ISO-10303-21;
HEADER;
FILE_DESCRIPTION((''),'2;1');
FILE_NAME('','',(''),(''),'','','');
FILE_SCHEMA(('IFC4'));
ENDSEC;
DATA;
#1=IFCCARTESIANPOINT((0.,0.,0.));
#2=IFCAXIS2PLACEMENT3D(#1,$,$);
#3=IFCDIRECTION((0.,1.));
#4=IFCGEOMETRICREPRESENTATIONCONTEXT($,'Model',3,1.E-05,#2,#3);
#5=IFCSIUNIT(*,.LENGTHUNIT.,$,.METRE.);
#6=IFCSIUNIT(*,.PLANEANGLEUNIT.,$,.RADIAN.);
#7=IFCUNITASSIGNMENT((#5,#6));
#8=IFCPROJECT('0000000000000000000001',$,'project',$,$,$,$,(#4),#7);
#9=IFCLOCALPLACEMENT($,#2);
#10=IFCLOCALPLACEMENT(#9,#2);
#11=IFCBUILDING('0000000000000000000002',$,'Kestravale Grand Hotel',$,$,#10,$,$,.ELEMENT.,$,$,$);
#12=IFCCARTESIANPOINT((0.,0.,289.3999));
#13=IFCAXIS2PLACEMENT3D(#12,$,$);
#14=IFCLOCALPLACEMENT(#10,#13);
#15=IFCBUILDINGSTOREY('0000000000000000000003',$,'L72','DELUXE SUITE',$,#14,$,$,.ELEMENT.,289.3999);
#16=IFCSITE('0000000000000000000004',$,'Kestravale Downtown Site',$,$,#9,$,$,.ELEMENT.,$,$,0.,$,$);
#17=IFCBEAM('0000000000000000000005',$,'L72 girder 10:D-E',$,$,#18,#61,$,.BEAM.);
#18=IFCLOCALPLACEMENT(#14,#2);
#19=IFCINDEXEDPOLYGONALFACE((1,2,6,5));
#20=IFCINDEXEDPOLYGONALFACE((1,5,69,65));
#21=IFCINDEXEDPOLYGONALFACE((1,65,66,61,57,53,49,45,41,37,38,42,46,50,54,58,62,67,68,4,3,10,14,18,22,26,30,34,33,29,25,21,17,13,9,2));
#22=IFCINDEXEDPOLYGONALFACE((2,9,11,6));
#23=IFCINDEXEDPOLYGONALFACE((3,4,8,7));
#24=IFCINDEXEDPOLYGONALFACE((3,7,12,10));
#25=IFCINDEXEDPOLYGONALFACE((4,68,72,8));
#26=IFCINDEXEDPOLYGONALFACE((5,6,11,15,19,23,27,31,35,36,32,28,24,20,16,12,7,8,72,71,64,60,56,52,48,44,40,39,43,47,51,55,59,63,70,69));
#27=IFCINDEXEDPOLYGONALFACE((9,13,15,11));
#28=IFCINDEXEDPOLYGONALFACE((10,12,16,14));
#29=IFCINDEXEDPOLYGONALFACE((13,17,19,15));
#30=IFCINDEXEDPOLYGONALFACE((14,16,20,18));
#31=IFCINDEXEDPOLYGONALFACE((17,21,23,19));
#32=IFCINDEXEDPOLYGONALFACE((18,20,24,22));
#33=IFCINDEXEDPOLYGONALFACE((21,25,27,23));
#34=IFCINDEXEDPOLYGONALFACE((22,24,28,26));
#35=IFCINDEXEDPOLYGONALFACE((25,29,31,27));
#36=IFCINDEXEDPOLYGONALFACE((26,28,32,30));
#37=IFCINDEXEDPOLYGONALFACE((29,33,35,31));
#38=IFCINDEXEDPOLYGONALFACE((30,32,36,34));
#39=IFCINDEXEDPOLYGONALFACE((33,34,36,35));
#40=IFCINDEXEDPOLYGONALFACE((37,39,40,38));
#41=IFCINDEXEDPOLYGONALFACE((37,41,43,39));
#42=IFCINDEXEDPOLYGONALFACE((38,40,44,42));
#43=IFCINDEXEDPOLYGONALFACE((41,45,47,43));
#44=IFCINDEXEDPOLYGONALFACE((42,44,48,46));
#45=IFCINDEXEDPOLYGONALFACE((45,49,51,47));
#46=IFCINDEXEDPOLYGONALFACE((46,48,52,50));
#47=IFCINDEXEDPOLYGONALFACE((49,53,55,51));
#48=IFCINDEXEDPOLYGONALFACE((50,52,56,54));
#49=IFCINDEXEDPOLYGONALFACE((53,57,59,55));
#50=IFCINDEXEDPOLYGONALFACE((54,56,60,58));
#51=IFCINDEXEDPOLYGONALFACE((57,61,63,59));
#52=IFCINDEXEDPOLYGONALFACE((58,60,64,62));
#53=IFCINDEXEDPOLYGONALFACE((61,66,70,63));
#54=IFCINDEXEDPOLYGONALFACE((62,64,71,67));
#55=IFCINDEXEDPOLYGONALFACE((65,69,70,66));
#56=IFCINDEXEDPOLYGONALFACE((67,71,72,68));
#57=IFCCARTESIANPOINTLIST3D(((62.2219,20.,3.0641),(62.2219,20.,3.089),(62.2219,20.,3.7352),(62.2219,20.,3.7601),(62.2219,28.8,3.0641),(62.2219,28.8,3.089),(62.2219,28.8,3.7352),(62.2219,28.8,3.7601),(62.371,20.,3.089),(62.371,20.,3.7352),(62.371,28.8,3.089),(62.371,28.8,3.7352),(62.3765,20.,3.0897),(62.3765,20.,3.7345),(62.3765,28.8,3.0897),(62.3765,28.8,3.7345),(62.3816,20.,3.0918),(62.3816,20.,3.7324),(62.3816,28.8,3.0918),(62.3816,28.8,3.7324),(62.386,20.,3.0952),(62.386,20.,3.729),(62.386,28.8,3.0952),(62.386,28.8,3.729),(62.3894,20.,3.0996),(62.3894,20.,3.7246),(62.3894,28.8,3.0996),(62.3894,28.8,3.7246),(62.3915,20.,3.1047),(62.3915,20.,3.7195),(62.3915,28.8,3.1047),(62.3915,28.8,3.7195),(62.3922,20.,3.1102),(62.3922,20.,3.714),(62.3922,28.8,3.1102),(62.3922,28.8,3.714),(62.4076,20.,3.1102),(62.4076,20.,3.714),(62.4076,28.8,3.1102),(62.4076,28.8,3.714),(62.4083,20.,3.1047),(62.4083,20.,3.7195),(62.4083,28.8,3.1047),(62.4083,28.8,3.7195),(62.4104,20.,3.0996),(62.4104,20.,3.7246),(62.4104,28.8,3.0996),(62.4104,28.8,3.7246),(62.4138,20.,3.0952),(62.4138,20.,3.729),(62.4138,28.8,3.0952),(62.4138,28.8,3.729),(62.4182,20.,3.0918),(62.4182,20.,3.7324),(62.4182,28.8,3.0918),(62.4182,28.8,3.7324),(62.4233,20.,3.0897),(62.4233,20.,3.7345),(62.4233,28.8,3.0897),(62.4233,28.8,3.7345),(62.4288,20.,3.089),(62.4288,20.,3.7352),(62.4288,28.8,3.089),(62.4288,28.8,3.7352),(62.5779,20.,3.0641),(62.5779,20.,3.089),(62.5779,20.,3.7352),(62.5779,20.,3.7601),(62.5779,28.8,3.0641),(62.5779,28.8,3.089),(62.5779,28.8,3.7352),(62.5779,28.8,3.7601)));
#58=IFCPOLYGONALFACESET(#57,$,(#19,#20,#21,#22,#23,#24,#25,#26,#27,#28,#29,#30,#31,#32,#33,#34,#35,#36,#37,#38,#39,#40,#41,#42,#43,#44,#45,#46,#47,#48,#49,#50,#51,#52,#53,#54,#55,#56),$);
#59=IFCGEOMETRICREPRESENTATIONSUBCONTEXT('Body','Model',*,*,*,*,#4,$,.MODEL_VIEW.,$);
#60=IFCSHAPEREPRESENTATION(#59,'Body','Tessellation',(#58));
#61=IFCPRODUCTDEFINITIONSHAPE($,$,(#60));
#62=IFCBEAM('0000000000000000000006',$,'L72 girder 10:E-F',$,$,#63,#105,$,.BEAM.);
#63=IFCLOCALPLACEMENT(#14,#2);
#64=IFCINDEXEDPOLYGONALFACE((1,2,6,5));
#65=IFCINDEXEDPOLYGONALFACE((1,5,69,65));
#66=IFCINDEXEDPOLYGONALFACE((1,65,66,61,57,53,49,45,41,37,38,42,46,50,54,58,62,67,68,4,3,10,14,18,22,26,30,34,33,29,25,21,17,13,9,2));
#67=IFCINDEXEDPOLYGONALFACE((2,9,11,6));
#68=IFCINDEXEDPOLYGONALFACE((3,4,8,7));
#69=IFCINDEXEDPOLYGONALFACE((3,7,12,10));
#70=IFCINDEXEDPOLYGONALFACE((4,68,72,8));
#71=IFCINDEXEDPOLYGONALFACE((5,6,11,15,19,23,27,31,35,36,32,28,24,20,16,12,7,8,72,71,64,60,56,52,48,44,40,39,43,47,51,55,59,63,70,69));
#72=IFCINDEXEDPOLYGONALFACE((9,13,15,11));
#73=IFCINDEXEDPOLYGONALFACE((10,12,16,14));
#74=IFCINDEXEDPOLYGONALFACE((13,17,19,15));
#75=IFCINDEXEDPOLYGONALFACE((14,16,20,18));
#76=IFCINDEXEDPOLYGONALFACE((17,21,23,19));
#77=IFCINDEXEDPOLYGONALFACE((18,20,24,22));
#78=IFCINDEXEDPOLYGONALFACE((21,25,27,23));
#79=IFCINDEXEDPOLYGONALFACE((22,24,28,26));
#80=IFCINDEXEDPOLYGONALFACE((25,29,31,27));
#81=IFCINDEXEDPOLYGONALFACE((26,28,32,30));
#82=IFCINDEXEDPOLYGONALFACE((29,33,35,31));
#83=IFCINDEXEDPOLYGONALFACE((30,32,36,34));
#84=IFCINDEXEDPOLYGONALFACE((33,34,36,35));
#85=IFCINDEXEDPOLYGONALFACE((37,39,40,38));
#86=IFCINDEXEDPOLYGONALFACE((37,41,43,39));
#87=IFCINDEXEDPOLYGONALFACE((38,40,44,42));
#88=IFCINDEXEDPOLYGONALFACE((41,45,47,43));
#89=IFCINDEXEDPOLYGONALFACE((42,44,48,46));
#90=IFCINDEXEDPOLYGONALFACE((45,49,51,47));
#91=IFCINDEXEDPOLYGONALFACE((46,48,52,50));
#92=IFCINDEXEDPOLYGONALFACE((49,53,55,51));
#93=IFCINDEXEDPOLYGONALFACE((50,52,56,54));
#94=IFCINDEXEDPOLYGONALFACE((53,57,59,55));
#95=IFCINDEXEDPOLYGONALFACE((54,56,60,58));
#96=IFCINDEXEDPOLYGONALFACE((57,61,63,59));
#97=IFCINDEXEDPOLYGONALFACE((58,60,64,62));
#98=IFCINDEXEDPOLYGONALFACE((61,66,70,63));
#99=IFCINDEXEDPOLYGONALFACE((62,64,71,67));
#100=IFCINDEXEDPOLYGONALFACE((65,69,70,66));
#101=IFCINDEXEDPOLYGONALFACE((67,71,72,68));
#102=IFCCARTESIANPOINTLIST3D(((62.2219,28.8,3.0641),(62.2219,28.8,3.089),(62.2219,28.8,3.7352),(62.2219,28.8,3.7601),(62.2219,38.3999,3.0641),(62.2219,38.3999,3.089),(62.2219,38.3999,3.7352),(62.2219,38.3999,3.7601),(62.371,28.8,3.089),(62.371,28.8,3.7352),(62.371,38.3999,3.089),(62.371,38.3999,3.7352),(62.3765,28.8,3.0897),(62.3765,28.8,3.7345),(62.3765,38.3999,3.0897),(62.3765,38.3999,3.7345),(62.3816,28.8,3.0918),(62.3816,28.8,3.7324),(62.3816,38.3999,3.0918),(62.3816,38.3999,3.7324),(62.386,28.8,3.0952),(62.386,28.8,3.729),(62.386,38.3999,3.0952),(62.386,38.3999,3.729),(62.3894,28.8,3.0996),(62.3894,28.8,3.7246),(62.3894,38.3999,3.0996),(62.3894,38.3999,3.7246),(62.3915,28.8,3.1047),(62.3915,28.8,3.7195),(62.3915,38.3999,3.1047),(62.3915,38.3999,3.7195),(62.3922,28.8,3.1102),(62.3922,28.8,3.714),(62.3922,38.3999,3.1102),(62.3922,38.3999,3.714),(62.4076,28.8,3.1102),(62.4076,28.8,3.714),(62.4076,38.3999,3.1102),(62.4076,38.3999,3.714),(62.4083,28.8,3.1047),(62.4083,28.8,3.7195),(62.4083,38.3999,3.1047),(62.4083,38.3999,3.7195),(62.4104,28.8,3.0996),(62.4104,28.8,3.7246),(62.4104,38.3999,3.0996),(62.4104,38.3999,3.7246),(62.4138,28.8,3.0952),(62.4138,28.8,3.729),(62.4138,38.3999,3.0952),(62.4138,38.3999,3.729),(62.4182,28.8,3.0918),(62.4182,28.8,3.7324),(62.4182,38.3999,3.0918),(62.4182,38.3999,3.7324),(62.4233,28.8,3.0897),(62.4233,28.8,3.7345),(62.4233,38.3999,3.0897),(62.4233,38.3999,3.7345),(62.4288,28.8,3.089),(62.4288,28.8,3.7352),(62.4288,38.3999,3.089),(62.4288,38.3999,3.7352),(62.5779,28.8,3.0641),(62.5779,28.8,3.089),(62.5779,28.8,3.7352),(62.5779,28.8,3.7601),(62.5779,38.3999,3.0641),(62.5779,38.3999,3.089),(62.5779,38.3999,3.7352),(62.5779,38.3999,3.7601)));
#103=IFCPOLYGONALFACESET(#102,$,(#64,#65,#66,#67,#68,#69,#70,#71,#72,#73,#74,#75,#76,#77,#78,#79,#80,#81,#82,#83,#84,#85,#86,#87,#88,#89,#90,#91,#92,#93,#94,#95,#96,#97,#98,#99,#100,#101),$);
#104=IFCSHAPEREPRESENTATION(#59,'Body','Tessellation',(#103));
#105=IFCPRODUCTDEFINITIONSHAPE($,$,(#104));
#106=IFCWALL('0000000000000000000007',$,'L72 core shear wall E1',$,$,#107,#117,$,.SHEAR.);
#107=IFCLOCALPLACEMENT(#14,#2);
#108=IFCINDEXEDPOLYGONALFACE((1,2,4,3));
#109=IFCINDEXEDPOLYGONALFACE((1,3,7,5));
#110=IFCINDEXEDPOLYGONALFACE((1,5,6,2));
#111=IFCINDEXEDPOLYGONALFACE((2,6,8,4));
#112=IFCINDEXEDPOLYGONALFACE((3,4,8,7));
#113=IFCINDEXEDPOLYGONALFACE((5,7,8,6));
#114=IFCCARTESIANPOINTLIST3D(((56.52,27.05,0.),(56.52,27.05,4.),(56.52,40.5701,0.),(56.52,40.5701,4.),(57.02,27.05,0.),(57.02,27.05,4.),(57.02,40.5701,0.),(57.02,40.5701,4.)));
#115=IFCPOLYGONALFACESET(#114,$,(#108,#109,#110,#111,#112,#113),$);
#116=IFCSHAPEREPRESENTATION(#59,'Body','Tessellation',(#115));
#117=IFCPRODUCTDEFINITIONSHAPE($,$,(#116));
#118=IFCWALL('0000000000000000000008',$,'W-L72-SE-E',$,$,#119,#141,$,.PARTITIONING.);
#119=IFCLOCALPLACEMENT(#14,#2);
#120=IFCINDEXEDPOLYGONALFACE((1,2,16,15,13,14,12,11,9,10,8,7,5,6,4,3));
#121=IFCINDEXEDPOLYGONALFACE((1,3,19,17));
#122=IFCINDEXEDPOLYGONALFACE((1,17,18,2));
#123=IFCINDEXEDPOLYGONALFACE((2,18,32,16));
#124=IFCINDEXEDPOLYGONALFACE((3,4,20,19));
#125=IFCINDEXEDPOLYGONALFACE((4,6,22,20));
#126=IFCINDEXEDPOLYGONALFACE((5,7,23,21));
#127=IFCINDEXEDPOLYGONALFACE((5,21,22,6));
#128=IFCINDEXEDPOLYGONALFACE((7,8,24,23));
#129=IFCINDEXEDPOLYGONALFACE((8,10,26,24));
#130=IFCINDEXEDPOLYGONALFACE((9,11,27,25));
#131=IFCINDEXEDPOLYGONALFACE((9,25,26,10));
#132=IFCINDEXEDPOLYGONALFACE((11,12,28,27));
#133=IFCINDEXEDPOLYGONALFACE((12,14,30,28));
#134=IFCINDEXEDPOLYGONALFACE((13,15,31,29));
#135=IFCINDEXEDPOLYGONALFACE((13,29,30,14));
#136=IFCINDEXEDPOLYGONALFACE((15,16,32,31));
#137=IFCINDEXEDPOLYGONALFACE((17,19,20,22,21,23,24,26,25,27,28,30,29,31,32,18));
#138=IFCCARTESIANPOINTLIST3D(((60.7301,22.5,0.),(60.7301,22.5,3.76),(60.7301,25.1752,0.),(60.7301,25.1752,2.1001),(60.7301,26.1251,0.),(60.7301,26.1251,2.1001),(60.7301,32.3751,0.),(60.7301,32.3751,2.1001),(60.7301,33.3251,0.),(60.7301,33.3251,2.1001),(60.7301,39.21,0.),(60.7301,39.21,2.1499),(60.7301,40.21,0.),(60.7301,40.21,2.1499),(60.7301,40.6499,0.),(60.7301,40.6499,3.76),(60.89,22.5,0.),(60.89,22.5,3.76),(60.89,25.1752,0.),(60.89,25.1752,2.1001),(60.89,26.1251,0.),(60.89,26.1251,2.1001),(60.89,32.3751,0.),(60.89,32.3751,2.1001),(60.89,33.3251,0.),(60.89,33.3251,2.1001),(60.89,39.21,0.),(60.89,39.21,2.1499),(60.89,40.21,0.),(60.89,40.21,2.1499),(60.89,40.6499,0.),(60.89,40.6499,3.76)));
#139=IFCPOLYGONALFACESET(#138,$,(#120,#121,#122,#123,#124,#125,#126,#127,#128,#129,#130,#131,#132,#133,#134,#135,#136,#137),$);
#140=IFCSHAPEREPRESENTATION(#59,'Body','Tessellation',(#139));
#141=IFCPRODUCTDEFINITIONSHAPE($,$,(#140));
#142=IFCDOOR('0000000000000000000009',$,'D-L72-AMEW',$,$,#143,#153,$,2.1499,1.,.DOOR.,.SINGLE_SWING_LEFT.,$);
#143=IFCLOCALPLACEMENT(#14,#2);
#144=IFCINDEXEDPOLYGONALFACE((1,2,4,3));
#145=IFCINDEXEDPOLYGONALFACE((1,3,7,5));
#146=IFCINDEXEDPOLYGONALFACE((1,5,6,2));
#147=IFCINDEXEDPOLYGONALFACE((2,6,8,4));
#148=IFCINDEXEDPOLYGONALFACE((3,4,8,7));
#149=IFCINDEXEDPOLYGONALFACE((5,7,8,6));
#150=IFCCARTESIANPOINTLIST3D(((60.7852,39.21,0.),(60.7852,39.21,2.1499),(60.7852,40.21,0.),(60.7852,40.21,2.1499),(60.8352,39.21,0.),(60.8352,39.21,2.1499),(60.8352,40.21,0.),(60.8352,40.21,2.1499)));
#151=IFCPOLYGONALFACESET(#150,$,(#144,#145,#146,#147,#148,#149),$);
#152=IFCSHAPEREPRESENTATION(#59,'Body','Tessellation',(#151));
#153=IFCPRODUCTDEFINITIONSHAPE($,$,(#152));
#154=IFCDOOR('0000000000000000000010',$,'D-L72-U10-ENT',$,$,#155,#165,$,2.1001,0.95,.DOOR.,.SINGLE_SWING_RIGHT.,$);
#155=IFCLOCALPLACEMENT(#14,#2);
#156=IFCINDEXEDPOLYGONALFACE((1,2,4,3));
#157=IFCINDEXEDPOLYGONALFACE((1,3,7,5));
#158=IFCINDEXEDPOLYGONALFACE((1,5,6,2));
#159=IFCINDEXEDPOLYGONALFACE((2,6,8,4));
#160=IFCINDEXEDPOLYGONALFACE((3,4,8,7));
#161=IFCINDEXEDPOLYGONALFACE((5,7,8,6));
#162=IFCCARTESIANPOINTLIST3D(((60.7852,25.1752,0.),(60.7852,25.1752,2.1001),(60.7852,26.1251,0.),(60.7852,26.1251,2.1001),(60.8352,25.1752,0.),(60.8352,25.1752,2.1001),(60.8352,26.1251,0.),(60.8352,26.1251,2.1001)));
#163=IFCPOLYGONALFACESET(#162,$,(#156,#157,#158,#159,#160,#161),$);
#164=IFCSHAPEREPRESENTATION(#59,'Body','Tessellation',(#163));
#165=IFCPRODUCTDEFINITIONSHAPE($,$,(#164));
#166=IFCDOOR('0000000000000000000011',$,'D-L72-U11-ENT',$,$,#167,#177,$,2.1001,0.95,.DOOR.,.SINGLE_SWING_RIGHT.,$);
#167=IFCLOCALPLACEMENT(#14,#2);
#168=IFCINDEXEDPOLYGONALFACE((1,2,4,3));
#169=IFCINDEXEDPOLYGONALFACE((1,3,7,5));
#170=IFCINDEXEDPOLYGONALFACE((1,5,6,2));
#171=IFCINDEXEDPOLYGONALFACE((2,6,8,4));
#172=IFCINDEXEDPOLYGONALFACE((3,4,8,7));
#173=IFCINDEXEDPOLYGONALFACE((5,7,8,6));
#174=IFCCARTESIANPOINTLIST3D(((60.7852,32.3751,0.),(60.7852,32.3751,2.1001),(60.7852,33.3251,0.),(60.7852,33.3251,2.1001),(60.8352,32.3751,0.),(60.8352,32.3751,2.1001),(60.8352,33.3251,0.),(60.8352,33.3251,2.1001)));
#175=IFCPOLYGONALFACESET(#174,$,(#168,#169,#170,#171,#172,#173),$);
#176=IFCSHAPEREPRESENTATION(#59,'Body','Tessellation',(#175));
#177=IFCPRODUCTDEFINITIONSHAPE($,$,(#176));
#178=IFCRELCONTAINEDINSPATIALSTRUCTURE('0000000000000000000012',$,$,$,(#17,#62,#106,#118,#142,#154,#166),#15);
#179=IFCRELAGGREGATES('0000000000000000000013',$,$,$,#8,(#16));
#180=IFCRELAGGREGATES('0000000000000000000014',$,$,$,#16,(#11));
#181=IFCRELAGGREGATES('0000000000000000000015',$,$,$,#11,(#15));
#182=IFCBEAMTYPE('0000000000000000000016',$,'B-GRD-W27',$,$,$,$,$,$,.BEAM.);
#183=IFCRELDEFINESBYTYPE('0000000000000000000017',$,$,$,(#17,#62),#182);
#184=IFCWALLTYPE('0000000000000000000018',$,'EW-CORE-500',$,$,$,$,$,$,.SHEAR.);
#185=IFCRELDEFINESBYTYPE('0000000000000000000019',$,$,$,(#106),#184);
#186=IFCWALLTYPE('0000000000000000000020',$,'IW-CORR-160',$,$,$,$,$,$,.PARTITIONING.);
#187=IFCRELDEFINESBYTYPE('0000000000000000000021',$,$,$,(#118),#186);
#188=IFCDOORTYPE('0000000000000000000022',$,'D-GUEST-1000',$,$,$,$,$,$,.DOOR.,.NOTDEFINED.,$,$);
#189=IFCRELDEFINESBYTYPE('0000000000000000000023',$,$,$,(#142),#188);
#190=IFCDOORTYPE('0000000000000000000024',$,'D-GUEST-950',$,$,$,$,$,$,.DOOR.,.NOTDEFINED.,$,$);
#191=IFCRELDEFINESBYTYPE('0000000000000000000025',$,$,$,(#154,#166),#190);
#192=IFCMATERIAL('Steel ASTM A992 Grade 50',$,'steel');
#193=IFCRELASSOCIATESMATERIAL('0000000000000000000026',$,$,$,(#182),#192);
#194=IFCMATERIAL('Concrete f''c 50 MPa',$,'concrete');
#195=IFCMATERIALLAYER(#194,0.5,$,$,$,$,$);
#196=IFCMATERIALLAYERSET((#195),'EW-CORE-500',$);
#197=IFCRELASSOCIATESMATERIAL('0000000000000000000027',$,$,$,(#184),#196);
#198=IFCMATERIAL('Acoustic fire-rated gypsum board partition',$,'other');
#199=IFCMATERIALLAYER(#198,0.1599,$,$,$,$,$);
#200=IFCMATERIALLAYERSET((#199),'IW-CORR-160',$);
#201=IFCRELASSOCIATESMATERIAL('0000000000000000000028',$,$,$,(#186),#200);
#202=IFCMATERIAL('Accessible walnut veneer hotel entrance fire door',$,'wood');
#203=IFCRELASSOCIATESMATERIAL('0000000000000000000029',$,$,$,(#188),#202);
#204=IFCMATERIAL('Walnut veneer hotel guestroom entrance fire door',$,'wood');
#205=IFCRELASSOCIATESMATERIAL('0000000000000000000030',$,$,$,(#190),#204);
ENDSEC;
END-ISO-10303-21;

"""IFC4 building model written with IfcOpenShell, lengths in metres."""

from ifc_helpers import new_model, si_unit, direction, frame, frame_2d, origin, origin_2d, place, context, subcontext, project, spatial, rectangle, i_section, extrude, material, layer, layer_set, material_profile, profile_set, type_object, element, fill, save


model = new_model("IFC4")

# Units and contexts
model_context = context("Model", 3, precision=1e-05, world=origin(), true_north=direction((0.0, 1.0)))
body_context = subcontext(model_context, "Body", "Model", "MODEL_VIEW")
ifc_project = project(units=[si_unit("LENGTHUNIT", "METRE"), si_unit("PLANEANGLEUNIT", "RADIAN")], contexts=[model_context])

# Site, building, storey
site_placement = place(None, origin())
site = spatial("IfcSite", under=ifc_project, at=site_placement, Name="Kestravale Downtown Site", CompositionType="ELEMENT", RefElevation=0.0)
building_placement = place(site_placement, origin())
building = spatial("IfcBuilding", under=site, at=building_placement, Name="Kestravale Grand Hotel", CompositionType="ELEMENT")
storey_placement = place(building_placement, frame((0.0, 0.0, 289.3999)))
storey = spatial("IfcBuildingStorey", under=building, at=storey_placement, Name="L72", Description="DELUXE SUITE", CompositionType="ELEMENT", Elevation=289.3999)

# Beams
ifc_material_1 = material(Name="Steel ASTM A992 Grade 50", Category="steel")
ifc_material_profile_1 = material_profile(ifc_material_1, i_section(OverallWidth=0.356, OverallDepth=0.696, WebThickness=0.0154, FlangeThickness=0.0249, FilletRadius=0.0212, at=origin_2d()))
ifc_profile_set_1 = profile_set([ifc_material_profile_1], Name="Steel ASTM A992 Grade 50")
beam_type = type_object("IfcBeamType", Name="B-GRD-W27", PredefinedType="BEAM", material=ifc_profile_set_1)
beam_1_placement = place(storey_placement, frame((62.3999, 20.0, 3.4121), z_axis=(0.0, 1.0, 0.0), x_axis=(-1.0, 0.0, 0.0)))
element("IfcBeam", 1, at=beam_1_placement, inside=storey, type_object=beam_type, Name="L72 girder 10:D-E", PredefinedType="BEAM", context=body_context, shape_type="SweptSolid", body=[
    extrude(i_section(OverallWidth=0.356, OverallDepth=0.696, WebThickness=0.0154, FlangeThickness=0.0249, FilletRadius=0.0212, at=origin_2d()), origin(), (0.0, 0.0, 1.0), 8.8),
])
beam_2_placement = place(storey_placement, frame((62.3999, 28.8, 3.4121), z_axis=(0.0, 1.0, 0.0), x_axis=(-1.0, 0.0, 0.0)))
element("IfcBeam", 2, at=beam_2_placement, inside=storey, type_object=beam_type, Name="L72 girder 10:E-F", PredefinedType="BEAM", context=body_context, shape_type="SweptSolid", body=[
    extrude(i_section(OverallWidth=0.356, OverallDepth=0.696, WebThickness=0.0154, FlangeThickness=0.0249, FilletRadius=0.0212, at=origin_2d()), origin(), (0.0, 0.0, 1.0), 9.5999),
])

# Wall
ifc_material_2 = material(Name="Concrete f'c 50 MPa", Category="concrete")
ifc_layer_1 = layer(ifc_material_2, 0.5)
ifc_layer_set_1 = layer_set([ifc_layer_1], Name="EW-CORE-500")
wall_type_1 = type_object("IfcWallType", Name="EW-CORE-500", PredefinedType="SHEAR", material=ifc_layer_set_1)
wall_1_placement = place(storey_placement, frame((56.77, 27.05, 0.0), z_axis=(0.0, 0.0, 1.0), x_axis=(0.0, 1.0, 0.0)))
element("IfcWall", 3, at=wall_1_placement, inside=storey, type_object=wall_type_1, Name="L72 core shear wall E1", PredefinedType="SHEAR", context=body_context, shape_type="SweptSolid", body=[
    extrude(rectangle(XDim=13.52, YDim=0.5, at=frame_2d((6.76, 0.0))), origin(), (0.0, 0.0, 1.0), 4.0),
])

# Wall, openings, doors
ifc_material_3 = material(Name="Acoustic fire-rated gypsum board partition", Category="other")
ifc_layer_2 = layer(ifc_material_3, 0.1599)
ifc_layer_set_2 = layer_set([ifc_layer_2], Name="IW-CORR-160")
wall_type_2 = type_object("IfcWallType", Name="IW-CORR-160", PredefinedType="PARTITIONING", material=ifc_layer_set_2)
wall_2_placement = place(storey_placement, frame((60.8101, 22.5, 0.0), z_axis=(0.0, 0.0, 1.0), x_axis=(0.0, 1.0, 0.0)))
wall_2 = element("IfcWall", 4, at=wall_2_placement, inside=storey, type_object=wall_type_2, Name="W-L72-SE-E", PredefinedType="PARTITIONING", context=body_context, shape_type="SweptSolid", body=[
    extrude(rectangle(XDim=18.1499, YDim=0.1599, at=frame_2d((9.075, 0.0))), origin(), (0.0, 0.0, 1.0), 3.76),
])
opening_1_placement = place(wall_2_placement, frame((2.675, 0.0, 0.0)))
opening_1 = element("IfcOpeningElement", 5, at=opening_1_placement, cuts=wall_2, PredefinedType="OPENING", context=body_context, shape_type="SweptSolid", body=[
    extrude(rectangle(XDim=0.95, YDim=2.1001, at=frame_2d((0.4751, 1.05))), frame((0.0, 0.0898, 0.0), z_axis=(0.0, -1.0, 0.0), x_axis=(1.0, 0.0, 0.0)), (0.0, 0.0, 1.0), 0.1799),
])
opening_2_placement = place(wall_2_placement, frame((9.875, 0.0, 0.0)))
opening_2 = element("IfcOpeningElement", 6, at=opening_2_placement, cuts=wall_2, PredefinedType="OPENING", context=body_context, shape_type="SweptSolid", body=[
    extrude(rectangle(XDim=0.95, YDim=2.1001, at=frame_2d((0.4751, 1.05))), frame((0.0, 0.0898, 0.0), z_axis=(0.0, -1.0, 0.0), x_axis=(1.0, 0.0, 0.0)), (0.0, 0.0, 1.0), 0.1799),
])
opening_3_placement = place(wall_2_placement, frame((16.71, 0.0, 0.0)))
opening_3 = element("IfcOpeningElement", 7, at=opening_3_placement, cuts=wall_2, PredefinedType="OPENING", context=body_context, shape_type="SweptSolid", body=[
    extrude(rectangle(XDim=1.0, YDim=2.1499, at=frame_2d((0.5, 1.075))), frame((0.0, 0.0898, 0.0), z_axis=(0.0, -1.0, 0.0), x_axis=(1.0, 0.0, 0.0)), (0.0, 0.0, 1.0), 0.1799),
])
ifc_material_4 = material(Name="Accessible walnut veneer hotel entrance fire door", Category="wood")
door_type_1 = type_object("IfcDoorType", Name="D-GUEST-1000", OperationType="NOTDEFINED", PredefinedType="DOOR", material=ifc_material_4)
door_1_placement = place(opening_3_placement, origin())
door_1 = element("IfcDoor", 8, at=door_1_placement, inside=storey, type_object=door_type_1, Name="D-L72-AMEW", OperationType="SINGLE_SWING_LEFT", OverallHeight=2.1499, OverallWidth=1.0, PredefinedType="DOOR", context=body_context, shape_type="SweptSolid", body=[
    extrude(rectangle(XDim=1.0, YDim=2.1499, at=frame_2d((0.5, 1.075))), frame((0.0, 0.0249, 0.0), z_axis=(0.0, -1.0, 0.0), x_axis=(1.0, 0.0, 0.0)), (0.0, 0.0, 1.0), 0.05),
])
fill(opening_3, door_1)
ifc_material_5 = material(Name="Walnut veneer hotel guestroom entrance fire door", Category="wood")
door_type_2 = type_object("IfcDoorType", Name="D-GUEST-950", OperationType="NOTDEFINED", PredefinedType="DOOR", material=ifc_material_5)
door_2_placement = place(opening_1_placement, origin())
door_2 = element("IfcDoor", 9, at=door_2_placement, inside=storey, type_object=door_type_2, Name="D-L72-U10-ENT", OperationType="SINGLE_SWING_RIGHT", OverallHeight=2.1001, OverallWidth=0.95, PredefinedType="DOOR", context=body_context, shape_type="SweptSolid", body=[
    extrude(rectangle(XDim=0.95, YDim=2.1001, at=frame_2d((0.4751, 1.05))), frame((0.0, 0.0249, 0.0), z_axis=(0.0, -1.0, 0.0), x_axis=(1.0, 0.0, 0.0)), (0.0, 0.0, 1.0), 0.05),
])
fill(opening_1, door_2)
door_3_placement = place(opening_2_placement, origin())
door_3 = element("IfcDoor", 10, at=door_3_placement, inside=storey, type_object=door_type_2, Name="D-L72-U11-ENT", OperationType="SINGLE_SWING_RIGHT", OverallHeight=2.1001, OverallWidth=0.95, PredefinedType="DOOR", context=body_context, shape_type="SweptSolid", body=[
    extrude(rectangle(XDim=0.95, YDim=2.1001, at=frame_2d((0.4751, 1.05))), frame((0.0, 0.0249, 0.0), z_axis=(0.0, -1.0, 0.0), x_axis=(1.0, 0.0, 0.0)), (0.0, 0.0, 1.0), 0.05),
])
fill(opening_2, door_3)

save(model, "model.ifc")
